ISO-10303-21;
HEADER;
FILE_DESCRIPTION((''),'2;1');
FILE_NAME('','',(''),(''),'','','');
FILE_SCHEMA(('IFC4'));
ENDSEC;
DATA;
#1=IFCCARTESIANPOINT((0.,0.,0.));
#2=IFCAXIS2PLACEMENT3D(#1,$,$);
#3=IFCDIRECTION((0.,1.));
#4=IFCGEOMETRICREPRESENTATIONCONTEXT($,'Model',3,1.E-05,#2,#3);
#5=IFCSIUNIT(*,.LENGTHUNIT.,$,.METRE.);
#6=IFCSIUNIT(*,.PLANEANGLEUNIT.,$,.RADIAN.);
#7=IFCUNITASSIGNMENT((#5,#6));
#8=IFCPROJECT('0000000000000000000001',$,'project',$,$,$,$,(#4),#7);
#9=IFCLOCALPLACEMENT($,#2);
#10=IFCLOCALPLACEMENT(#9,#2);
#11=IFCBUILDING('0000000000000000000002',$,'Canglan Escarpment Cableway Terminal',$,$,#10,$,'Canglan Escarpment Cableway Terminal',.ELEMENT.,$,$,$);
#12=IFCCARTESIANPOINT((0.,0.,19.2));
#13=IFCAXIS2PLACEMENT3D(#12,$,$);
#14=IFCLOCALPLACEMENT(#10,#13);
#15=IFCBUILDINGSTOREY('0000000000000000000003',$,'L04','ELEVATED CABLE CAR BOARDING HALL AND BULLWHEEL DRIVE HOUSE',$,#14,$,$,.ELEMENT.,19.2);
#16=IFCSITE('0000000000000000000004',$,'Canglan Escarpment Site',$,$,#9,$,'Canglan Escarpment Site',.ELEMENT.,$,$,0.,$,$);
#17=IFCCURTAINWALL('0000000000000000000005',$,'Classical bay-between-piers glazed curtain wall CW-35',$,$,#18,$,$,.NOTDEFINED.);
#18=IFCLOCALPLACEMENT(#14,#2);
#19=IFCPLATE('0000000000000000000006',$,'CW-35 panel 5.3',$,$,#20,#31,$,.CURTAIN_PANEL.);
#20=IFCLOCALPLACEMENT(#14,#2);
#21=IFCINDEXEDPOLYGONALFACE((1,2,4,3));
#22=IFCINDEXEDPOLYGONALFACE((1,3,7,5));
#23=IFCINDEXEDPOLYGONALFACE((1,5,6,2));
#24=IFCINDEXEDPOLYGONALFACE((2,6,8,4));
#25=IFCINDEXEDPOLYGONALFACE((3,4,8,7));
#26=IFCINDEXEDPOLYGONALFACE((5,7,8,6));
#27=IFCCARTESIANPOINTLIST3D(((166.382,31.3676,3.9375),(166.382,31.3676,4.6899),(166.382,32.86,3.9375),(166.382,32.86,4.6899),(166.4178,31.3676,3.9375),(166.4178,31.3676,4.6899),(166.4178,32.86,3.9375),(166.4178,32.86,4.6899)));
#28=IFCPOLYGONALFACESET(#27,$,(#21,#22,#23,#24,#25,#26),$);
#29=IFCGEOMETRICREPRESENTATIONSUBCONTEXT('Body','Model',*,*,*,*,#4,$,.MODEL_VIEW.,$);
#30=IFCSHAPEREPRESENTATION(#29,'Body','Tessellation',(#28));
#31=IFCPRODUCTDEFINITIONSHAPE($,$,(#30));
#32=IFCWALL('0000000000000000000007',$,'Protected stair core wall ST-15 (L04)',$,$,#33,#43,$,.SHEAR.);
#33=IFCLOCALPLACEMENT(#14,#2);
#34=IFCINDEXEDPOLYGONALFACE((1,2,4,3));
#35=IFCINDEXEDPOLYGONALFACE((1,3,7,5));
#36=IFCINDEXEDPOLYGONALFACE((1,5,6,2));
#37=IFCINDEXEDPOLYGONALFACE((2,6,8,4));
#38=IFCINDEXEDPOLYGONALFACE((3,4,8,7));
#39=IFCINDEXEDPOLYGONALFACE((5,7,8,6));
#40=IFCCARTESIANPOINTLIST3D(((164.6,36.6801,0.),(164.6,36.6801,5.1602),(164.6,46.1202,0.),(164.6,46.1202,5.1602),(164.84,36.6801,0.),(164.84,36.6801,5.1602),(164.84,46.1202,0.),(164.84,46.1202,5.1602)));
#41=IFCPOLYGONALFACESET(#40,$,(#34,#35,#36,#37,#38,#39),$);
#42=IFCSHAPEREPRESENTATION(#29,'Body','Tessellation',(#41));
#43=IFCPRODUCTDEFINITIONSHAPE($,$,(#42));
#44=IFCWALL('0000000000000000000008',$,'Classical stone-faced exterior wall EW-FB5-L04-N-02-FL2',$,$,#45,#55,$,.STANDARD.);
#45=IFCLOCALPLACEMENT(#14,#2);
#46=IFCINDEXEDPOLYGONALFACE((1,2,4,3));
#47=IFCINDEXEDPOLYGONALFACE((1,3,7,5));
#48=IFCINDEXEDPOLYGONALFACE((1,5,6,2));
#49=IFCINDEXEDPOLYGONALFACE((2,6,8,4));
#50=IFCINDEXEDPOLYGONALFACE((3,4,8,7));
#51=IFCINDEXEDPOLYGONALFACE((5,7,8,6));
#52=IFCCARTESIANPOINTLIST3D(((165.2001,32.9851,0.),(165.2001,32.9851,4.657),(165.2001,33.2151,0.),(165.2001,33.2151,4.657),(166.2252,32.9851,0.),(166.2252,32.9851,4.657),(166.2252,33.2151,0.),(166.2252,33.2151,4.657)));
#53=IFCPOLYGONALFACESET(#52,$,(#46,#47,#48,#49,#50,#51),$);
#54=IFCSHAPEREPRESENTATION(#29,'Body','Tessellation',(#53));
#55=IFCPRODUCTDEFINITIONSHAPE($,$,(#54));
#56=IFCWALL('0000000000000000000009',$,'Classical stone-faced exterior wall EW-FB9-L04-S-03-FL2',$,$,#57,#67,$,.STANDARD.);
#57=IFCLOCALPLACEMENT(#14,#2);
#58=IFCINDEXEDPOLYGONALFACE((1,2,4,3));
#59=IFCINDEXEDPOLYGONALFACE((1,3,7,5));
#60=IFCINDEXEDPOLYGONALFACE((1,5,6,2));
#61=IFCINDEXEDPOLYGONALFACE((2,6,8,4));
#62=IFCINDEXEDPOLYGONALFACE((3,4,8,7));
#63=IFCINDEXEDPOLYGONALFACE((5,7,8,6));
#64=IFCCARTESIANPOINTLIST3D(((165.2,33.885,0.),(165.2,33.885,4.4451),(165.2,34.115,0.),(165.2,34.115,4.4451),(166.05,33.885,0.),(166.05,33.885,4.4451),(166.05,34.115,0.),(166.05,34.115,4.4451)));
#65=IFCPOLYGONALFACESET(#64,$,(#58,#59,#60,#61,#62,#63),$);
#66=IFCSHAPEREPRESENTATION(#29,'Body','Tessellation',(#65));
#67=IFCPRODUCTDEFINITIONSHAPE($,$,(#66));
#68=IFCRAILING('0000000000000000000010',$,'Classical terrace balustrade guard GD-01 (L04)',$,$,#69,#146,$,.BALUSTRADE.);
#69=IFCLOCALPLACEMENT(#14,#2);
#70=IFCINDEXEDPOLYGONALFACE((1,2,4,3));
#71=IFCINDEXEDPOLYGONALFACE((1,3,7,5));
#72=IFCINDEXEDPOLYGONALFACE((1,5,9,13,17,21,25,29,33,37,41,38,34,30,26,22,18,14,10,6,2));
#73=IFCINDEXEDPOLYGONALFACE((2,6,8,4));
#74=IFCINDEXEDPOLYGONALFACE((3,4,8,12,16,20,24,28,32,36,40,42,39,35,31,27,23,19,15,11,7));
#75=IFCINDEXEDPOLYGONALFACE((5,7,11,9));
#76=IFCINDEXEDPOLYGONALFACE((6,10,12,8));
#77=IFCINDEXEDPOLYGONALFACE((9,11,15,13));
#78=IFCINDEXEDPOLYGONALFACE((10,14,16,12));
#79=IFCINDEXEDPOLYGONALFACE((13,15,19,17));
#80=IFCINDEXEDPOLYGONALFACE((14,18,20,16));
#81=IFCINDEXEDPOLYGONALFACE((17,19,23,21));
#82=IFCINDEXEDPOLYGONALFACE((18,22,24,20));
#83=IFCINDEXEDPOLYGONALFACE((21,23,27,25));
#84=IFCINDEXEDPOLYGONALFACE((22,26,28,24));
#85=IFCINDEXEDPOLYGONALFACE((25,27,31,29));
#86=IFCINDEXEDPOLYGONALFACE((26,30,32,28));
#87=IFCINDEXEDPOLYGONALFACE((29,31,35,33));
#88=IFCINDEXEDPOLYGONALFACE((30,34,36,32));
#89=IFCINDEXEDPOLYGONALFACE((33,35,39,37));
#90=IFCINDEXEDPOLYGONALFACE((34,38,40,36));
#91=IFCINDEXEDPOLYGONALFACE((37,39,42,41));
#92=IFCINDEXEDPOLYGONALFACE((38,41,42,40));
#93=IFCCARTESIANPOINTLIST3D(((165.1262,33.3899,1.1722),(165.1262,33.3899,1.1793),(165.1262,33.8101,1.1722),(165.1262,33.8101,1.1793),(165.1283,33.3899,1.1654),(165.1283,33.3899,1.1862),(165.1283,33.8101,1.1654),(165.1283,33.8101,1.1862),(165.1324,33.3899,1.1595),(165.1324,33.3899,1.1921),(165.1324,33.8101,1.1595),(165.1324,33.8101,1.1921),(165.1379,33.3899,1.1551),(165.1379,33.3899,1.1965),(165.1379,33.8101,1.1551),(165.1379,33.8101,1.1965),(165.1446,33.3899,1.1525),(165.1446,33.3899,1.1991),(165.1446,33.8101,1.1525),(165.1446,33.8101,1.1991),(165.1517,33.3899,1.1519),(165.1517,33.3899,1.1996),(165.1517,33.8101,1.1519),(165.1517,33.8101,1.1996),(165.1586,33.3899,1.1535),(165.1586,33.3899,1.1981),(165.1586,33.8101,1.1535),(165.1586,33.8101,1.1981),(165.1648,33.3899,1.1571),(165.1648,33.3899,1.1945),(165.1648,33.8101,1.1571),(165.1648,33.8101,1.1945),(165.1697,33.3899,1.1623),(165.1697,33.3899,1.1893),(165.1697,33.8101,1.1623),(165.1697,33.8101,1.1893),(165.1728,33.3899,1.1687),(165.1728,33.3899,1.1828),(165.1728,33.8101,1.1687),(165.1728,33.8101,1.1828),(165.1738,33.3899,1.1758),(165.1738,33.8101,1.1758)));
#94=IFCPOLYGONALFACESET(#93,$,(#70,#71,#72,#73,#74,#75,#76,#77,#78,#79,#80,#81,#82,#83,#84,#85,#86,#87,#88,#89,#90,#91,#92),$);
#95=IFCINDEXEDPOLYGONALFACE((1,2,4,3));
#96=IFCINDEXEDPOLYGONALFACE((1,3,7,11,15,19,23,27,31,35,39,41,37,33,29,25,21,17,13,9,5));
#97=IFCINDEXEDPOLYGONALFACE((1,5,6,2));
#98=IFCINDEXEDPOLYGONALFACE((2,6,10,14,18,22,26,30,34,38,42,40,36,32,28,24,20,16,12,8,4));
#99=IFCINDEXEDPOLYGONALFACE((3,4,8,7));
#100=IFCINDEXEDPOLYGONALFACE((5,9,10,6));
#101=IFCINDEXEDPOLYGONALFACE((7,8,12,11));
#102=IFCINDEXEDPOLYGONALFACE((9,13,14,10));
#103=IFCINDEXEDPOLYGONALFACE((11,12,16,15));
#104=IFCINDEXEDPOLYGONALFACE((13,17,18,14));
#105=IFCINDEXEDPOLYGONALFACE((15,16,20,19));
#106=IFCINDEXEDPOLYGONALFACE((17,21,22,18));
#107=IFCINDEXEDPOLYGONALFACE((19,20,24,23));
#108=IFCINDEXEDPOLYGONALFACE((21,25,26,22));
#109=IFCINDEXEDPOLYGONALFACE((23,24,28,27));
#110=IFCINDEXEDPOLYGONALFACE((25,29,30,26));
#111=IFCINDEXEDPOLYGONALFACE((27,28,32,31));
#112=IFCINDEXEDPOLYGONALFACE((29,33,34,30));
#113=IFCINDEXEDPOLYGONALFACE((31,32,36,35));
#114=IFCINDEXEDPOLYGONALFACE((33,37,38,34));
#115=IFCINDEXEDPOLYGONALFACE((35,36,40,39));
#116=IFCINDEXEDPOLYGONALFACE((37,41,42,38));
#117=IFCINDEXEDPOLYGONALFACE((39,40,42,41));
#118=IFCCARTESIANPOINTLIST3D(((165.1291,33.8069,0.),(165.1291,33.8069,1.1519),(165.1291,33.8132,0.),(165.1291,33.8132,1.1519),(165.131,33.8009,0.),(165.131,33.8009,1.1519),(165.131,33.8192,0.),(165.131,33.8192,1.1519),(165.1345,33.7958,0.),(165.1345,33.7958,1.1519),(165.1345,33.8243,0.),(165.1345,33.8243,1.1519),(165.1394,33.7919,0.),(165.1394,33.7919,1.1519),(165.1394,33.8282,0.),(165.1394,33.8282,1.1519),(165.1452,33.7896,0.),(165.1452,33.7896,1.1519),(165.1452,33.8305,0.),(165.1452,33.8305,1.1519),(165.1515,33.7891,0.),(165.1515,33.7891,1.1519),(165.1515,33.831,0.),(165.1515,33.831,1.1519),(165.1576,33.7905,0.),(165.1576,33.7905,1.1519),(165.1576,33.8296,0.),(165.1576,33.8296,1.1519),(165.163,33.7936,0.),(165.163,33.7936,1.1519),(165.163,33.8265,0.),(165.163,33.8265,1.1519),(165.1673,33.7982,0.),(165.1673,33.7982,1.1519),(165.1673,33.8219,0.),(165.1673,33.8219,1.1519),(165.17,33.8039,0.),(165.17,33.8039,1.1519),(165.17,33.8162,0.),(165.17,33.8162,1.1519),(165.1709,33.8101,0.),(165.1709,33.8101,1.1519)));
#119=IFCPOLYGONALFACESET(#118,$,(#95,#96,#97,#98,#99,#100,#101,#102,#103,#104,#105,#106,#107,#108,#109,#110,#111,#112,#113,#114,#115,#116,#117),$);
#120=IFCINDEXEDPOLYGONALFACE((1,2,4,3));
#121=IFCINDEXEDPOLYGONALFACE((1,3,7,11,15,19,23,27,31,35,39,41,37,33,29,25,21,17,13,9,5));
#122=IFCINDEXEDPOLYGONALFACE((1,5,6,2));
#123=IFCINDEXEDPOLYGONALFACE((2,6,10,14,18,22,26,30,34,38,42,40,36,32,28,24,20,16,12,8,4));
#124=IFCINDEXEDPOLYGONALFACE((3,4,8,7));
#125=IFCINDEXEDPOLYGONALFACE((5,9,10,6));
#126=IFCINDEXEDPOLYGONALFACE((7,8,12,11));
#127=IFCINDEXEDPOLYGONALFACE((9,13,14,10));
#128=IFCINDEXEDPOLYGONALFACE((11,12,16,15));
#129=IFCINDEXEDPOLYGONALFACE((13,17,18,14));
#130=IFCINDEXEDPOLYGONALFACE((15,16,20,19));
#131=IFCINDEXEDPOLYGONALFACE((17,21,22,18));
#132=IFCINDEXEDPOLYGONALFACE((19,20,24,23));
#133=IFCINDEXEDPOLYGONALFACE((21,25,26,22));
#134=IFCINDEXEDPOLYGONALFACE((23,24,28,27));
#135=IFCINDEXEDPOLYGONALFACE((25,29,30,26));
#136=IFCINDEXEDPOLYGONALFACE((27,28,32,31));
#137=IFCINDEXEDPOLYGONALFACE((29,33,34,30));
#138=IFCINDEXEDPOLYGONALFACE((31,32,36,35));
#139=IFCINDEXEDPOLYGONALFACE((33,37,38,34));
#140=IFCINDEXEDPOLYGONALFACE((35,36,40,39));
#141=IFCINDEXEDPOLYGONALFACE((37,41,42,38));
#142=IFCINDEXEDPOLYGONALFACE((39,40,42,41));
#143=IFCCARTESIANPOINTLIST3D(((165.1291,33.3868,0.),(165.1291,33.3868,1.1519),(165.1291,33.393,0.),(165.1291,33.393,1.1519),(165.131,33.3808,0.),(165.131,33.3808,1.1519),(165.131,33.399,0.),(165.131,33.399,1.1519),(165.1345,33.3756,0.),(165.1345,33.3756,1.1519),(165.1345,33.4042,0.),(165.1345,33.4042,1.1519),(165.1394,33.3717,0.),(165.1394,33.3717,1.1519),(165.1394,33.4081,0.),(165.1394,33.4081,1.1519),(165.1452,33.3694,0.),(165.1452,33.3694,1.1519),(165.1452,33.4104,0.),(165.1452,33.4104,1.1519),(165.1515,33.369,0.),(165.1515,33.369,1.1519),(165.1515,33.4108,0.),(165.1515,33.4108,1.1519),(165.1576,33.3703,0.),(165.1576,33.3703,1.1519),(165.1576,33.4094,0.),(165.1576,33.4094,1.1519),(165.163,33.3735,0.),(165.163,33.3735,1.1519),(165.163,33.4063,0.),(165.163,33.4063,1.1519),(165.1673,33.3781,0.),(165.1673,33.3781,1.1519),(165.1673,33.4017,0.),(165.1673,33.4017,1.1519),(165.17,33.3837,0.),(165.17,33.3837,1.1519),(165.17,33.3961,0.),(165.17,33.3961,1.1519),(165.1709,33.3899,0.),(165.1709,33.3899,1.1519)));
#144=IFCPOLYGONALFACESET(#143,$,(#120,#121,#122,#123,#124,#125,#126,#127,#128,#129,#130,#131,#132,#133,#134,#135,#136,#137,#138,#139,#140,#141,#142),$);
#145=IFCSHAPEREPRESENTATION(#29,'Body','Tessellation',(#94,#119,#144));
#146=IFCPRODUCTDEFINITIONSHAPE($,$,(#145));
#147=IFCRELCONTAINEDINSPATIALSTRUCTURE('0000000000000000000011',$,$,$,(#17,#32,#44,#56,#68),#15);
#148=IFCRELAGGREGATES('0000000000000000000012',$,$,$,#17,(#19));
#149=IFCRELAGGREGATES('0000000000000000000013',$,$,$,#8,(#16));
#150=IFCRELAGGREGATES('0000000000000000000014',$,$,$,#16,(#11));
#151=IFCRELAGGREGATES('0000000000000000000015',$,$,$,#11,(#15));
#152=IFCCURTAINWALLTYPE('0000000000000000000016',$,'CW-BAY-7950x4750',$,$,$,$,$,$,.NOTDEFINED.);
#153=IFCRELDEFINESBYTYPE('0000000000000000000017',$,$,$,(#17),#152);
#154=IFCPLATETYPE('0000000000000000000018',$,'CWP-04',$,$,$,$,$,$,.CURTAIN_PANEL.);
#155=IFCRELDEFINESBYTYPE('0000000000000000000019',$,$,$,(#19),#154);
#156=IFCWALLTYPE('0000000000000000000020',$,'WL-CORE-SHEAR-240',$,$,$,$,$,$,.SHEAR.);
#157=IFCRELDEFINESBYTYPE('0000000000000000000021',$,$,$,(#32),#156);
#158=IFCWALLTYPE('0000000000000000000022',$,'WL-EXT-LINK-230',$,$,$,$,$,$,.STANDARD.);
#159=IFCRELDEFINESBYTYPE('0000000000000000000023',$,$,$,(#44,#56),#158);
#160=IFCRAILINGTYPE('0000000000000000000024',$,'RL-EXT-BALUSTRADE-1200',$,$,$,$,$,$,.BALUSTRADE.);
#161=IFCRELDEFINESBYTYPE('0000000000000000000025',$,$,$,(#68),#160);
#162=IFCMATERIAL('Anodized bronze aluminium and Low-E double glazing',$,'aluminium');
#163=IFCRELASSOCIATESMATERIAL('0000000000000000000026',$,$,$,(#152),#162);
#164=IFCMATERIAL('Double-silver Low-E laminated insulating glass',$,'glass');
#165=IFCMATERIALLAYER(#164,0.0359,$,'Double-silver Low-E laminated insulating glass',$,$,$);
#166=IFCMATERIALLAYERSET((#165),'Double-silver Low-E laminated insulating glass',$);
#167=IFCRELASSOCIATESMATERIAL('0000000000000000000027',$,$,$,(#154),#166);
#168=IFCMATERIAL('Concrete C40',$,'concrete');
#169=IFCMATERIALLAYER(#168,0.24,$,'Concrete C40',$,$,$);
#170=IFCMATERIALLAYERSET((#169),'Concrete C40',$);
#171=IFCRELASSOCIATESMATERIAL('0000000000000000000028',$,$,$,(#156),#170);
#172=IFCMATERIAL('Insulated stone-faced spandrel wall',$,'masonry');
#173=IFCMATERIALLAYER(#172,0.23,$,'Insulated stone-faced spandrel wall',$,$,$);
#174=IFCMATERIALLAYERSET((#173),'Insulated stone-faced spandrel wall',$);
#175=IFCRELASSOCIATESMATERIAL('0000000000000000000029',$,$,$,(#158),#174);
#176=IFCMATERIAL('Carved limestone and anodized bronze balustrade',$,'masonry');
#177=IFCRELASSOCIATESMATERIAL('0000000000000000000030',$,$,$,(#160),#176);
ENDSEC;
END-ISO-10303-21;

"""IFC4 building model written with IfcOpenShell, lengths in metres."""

from ifc_helpers import new_model, si_unit, direction, frame, frame_2d, origin, origin_2d, place, context, subcontext, project, spatial, rectangle, circle, extrude, material, layer, layer_set, type_object, element, aggregate, save


model = new_model("IFC4")

# Units and contexts
model_context = context("Model", 3, precision=1e-05, world=origin(), true_north=direction((0.0, 1.0)))
body_context = subcontext(model_context, "Body", "Model", "MODEL_VIEW")
ifc_project = project(units=[si_unit("LENGTHUNIT", "METRE"), si_unit("PLANEANGLEUNIT", "RADIAN")], contexts=[model_context])

# Site, building, storey
site_placement = place(None, origin())
site = spatial("IfcSite", under=ifc_project, at=site_placement, Name="Canglan Escarpment Site", LongName="Canglan Escarpment Site", CompositionType="ELEMENT", RefElevation=0.0)
building_placement = place(site_placement, origin())
building = spatial("IfcBuilding", under=site, at=building_placement, Name="Canglan Escarpment Cableway Terminal", LongName="Canglan Escarpment Cableway Terminal", CompositionType="ELEMENT")
storey_placement = place(building_placement, frame((0.0, 0.0, 19.2)))
storey = spatial("IfcBuildingStorey", under=building, at=storey_placement, Name="L04", Description="ELEVATED CABLE CAR BOARDING HALL AND BULLWHEEL DRIVE HOUSE", CompositionType="ELEMENT", Elevation=19.2)

# Shared definitions
ifc_material_1 = material(Name="Concrete C40", Category="concrete")

# Shared definitions
ifc_material_2 = material(Name="Anodized bronze aluminium and Low-E double glazing", Category="aluminium")

# Curtain wall
curtain_wall_type_1 = type_object("IfcCurtainWallType", Name="CW-BAY-7950x4750", PredefinedType="NOTDEFINED", material=ifc_material_2)
curtain_wall_1_placement = place(storey_placement, origin())
curtain_wall_1 = element("IfcCurtainWall", 1, at=curtain_wall_1_placement, inside=storey, type_object=curtain_wall_type_1, Name="Classical bay-between-piers glazed curtain wall CW-35", PredefinedType="NOTDEFINED")

# Plate
ifc_material_3 = material(Name="Double-silver Low-E laminated insulating glass", Category="glass")
ifc_layer_1 = layer(ifc_material_3, 0.0359, Name="Double-silver Low-E laminated insulating glass")
ifc_layer_set_1 = layer_set([ifc_layer_1], Name="Double-silver Low-E laminated insulating glass")
plate_type_1 = type_object("IfcPlateType", Name="CWP-04", PredefinedType="CURTAIN_PANEL", material=ifc_layer_set_1)
plate_1_placement = place(storey_placement, frame((166.3999, 32.1138, 3.9375), z_axis=(0.0, 0.0, 1.0), x_axis=(0.0, 1.0, 0.0)))
plate_1 = element("IfcPlate", 2, at=plate_1_placement, type_object=plate_type_1, Name="CW-35 panel 5.3", PredefinedType="CURTAIN_PANEL", context=body_context, shape_type="SweptSolid", body=[
    extrude(rectangle(XDim=1.4924, YDim=0.0359, at=origin_2d()), origin(), (0.0, 0.0, 1.0), 0.7524),
])
aggregate(curtain_wall_1, [plate_1])

# Walls
ifc_layer_2 = layer(ifc_material_1, 0.24, Name="Concrete C40")
ifc_layer_set_2 = layer_set([ifc_layer_2], Name="Concrete C40")
wall_type_1 = type_object("IfcWallType", Name="WL-CORE-SHEAR-240", PredefinedType="SHEAR", material=ifc_layer_set_2)
wall_1_placement = place(storey_placement, frame((164.72, 36.6799, 0.0), z_axis=(0.0, 0.0, 1.0), x_axis=(0.0, 1.0, 0.0)))
element("IfcWall", 3, at=wall_1_placement, inside=storey, type_object=wall_type_1, Name="Protected stair core wall ST-15 (L04)", PredefinedType="SHEAR", context=body_context, shape_type="SweptSolid", body=[
    extrude(rectangle(XDim=9.4402, YDim=0.24, at=frame_2d((4.7202, 0.0))), origin(), (0.0, 0.0, 1.0), 5.1602),
])
ifc_material_4 = material(Name="Insulated stone-faced spandrel wall", Category="masonry")
ifc_layer_3 = layer(ifc_material_4, 0.23, Name="Insulated stone-faced spandrel wall")
ifc_layer_set_3 = layer_set([ifc_layer_3], Name="Insulated stone-faced spandrel wall")
wall_type_2 = type_object("IfcWallType", Name="WL-EXT-LINK-230", PredefinedType="STANDARD", material=ifc_layer_set_3)
wall_2_placement = place(storey_placement, frame((165.2, 33.1001, 0.0), z_axis=(0.0, 0.0, 1.0), x_axis=(1.0, 0.0, 0.0)))
element("IfcWall", 4, at=wall_2_placement, inside=storey, type_object=wall_type_2, Name="Classical stone-faced exterior wall EW-FB5-L04-N-02-FL2", PredefinedType="STANDARD", context=body_context, shape_type="SweptSolid", body=[
    extrude(rectangle(XDim=1.0251, YDim=0.23, at=frame_2d((0.5127, 0.0))), origin(), (0.0, 0.0, 1.0), 4.657),
])
wall_3_placement = place(storey_placement, frame((165.2, 34.0, 0.0), z_axis=(0.0, 0.0, 1.0), x_axis=(1.0, 0.0, 0.0)))
element("IfcWall", 5, at=wall_3_placement, inside=storey, type_object=wall_type_2, Name="Classical stone-faced exterior wall EW-FB9-L04-S-03-FL2", PredefinedType="STANDARD", context=body_context, shape_type="SweptSolid", body=[
    extrude(rectangle(XDim=0.8501, YDim=0.23, at=frame_2d((0.425, 0.0))), origin(), (0.0, 0.0, 1.0), 4.4451),
])

# Railing
ifc_material_5 = material(Name="Carved limestone and anodized bronze balustrade", Category="masonry")
railing_type = type_object("IfcRailingType", Name="RL-EXT-BALUSTRADE-1200", PredefinedType="BALUSTRADE", material=ifc_material_5)
railing_placement = place(storey_placement, frame((165.1499, 33.8101, 0.0)))
element("IfcRailing", 6, at=railing_placement, inside=storey, type_object=railing_type, Name="Classical terrace balustrade guard GD-01 (L04)", PredefinedType="BALUSTRADE", context=body_context, shape_type="SweptSolid", body=[
    extrude(circle(Radius=0.0239, at=origin_2d()), frame((0.0, 0.0, 1.1758), z_axis=(0.0, -1.0, 0.0), x_axis=(1.0, 0.0, 0.0)), (0.0, 0.0, 1.0), 0.4202),
    extrude(circle(Radius=0.021, at=origin_2d()), origin(), (0.0, 0.0, 1.0), 1.1519),
    extrude(circle(Radius=0.021, at=origin_2d()), frame((0.0, -0.4202, 0.0)), (0.0, 0.0, 1.0), 1.1519),
])

save(model, "model.ifc")
